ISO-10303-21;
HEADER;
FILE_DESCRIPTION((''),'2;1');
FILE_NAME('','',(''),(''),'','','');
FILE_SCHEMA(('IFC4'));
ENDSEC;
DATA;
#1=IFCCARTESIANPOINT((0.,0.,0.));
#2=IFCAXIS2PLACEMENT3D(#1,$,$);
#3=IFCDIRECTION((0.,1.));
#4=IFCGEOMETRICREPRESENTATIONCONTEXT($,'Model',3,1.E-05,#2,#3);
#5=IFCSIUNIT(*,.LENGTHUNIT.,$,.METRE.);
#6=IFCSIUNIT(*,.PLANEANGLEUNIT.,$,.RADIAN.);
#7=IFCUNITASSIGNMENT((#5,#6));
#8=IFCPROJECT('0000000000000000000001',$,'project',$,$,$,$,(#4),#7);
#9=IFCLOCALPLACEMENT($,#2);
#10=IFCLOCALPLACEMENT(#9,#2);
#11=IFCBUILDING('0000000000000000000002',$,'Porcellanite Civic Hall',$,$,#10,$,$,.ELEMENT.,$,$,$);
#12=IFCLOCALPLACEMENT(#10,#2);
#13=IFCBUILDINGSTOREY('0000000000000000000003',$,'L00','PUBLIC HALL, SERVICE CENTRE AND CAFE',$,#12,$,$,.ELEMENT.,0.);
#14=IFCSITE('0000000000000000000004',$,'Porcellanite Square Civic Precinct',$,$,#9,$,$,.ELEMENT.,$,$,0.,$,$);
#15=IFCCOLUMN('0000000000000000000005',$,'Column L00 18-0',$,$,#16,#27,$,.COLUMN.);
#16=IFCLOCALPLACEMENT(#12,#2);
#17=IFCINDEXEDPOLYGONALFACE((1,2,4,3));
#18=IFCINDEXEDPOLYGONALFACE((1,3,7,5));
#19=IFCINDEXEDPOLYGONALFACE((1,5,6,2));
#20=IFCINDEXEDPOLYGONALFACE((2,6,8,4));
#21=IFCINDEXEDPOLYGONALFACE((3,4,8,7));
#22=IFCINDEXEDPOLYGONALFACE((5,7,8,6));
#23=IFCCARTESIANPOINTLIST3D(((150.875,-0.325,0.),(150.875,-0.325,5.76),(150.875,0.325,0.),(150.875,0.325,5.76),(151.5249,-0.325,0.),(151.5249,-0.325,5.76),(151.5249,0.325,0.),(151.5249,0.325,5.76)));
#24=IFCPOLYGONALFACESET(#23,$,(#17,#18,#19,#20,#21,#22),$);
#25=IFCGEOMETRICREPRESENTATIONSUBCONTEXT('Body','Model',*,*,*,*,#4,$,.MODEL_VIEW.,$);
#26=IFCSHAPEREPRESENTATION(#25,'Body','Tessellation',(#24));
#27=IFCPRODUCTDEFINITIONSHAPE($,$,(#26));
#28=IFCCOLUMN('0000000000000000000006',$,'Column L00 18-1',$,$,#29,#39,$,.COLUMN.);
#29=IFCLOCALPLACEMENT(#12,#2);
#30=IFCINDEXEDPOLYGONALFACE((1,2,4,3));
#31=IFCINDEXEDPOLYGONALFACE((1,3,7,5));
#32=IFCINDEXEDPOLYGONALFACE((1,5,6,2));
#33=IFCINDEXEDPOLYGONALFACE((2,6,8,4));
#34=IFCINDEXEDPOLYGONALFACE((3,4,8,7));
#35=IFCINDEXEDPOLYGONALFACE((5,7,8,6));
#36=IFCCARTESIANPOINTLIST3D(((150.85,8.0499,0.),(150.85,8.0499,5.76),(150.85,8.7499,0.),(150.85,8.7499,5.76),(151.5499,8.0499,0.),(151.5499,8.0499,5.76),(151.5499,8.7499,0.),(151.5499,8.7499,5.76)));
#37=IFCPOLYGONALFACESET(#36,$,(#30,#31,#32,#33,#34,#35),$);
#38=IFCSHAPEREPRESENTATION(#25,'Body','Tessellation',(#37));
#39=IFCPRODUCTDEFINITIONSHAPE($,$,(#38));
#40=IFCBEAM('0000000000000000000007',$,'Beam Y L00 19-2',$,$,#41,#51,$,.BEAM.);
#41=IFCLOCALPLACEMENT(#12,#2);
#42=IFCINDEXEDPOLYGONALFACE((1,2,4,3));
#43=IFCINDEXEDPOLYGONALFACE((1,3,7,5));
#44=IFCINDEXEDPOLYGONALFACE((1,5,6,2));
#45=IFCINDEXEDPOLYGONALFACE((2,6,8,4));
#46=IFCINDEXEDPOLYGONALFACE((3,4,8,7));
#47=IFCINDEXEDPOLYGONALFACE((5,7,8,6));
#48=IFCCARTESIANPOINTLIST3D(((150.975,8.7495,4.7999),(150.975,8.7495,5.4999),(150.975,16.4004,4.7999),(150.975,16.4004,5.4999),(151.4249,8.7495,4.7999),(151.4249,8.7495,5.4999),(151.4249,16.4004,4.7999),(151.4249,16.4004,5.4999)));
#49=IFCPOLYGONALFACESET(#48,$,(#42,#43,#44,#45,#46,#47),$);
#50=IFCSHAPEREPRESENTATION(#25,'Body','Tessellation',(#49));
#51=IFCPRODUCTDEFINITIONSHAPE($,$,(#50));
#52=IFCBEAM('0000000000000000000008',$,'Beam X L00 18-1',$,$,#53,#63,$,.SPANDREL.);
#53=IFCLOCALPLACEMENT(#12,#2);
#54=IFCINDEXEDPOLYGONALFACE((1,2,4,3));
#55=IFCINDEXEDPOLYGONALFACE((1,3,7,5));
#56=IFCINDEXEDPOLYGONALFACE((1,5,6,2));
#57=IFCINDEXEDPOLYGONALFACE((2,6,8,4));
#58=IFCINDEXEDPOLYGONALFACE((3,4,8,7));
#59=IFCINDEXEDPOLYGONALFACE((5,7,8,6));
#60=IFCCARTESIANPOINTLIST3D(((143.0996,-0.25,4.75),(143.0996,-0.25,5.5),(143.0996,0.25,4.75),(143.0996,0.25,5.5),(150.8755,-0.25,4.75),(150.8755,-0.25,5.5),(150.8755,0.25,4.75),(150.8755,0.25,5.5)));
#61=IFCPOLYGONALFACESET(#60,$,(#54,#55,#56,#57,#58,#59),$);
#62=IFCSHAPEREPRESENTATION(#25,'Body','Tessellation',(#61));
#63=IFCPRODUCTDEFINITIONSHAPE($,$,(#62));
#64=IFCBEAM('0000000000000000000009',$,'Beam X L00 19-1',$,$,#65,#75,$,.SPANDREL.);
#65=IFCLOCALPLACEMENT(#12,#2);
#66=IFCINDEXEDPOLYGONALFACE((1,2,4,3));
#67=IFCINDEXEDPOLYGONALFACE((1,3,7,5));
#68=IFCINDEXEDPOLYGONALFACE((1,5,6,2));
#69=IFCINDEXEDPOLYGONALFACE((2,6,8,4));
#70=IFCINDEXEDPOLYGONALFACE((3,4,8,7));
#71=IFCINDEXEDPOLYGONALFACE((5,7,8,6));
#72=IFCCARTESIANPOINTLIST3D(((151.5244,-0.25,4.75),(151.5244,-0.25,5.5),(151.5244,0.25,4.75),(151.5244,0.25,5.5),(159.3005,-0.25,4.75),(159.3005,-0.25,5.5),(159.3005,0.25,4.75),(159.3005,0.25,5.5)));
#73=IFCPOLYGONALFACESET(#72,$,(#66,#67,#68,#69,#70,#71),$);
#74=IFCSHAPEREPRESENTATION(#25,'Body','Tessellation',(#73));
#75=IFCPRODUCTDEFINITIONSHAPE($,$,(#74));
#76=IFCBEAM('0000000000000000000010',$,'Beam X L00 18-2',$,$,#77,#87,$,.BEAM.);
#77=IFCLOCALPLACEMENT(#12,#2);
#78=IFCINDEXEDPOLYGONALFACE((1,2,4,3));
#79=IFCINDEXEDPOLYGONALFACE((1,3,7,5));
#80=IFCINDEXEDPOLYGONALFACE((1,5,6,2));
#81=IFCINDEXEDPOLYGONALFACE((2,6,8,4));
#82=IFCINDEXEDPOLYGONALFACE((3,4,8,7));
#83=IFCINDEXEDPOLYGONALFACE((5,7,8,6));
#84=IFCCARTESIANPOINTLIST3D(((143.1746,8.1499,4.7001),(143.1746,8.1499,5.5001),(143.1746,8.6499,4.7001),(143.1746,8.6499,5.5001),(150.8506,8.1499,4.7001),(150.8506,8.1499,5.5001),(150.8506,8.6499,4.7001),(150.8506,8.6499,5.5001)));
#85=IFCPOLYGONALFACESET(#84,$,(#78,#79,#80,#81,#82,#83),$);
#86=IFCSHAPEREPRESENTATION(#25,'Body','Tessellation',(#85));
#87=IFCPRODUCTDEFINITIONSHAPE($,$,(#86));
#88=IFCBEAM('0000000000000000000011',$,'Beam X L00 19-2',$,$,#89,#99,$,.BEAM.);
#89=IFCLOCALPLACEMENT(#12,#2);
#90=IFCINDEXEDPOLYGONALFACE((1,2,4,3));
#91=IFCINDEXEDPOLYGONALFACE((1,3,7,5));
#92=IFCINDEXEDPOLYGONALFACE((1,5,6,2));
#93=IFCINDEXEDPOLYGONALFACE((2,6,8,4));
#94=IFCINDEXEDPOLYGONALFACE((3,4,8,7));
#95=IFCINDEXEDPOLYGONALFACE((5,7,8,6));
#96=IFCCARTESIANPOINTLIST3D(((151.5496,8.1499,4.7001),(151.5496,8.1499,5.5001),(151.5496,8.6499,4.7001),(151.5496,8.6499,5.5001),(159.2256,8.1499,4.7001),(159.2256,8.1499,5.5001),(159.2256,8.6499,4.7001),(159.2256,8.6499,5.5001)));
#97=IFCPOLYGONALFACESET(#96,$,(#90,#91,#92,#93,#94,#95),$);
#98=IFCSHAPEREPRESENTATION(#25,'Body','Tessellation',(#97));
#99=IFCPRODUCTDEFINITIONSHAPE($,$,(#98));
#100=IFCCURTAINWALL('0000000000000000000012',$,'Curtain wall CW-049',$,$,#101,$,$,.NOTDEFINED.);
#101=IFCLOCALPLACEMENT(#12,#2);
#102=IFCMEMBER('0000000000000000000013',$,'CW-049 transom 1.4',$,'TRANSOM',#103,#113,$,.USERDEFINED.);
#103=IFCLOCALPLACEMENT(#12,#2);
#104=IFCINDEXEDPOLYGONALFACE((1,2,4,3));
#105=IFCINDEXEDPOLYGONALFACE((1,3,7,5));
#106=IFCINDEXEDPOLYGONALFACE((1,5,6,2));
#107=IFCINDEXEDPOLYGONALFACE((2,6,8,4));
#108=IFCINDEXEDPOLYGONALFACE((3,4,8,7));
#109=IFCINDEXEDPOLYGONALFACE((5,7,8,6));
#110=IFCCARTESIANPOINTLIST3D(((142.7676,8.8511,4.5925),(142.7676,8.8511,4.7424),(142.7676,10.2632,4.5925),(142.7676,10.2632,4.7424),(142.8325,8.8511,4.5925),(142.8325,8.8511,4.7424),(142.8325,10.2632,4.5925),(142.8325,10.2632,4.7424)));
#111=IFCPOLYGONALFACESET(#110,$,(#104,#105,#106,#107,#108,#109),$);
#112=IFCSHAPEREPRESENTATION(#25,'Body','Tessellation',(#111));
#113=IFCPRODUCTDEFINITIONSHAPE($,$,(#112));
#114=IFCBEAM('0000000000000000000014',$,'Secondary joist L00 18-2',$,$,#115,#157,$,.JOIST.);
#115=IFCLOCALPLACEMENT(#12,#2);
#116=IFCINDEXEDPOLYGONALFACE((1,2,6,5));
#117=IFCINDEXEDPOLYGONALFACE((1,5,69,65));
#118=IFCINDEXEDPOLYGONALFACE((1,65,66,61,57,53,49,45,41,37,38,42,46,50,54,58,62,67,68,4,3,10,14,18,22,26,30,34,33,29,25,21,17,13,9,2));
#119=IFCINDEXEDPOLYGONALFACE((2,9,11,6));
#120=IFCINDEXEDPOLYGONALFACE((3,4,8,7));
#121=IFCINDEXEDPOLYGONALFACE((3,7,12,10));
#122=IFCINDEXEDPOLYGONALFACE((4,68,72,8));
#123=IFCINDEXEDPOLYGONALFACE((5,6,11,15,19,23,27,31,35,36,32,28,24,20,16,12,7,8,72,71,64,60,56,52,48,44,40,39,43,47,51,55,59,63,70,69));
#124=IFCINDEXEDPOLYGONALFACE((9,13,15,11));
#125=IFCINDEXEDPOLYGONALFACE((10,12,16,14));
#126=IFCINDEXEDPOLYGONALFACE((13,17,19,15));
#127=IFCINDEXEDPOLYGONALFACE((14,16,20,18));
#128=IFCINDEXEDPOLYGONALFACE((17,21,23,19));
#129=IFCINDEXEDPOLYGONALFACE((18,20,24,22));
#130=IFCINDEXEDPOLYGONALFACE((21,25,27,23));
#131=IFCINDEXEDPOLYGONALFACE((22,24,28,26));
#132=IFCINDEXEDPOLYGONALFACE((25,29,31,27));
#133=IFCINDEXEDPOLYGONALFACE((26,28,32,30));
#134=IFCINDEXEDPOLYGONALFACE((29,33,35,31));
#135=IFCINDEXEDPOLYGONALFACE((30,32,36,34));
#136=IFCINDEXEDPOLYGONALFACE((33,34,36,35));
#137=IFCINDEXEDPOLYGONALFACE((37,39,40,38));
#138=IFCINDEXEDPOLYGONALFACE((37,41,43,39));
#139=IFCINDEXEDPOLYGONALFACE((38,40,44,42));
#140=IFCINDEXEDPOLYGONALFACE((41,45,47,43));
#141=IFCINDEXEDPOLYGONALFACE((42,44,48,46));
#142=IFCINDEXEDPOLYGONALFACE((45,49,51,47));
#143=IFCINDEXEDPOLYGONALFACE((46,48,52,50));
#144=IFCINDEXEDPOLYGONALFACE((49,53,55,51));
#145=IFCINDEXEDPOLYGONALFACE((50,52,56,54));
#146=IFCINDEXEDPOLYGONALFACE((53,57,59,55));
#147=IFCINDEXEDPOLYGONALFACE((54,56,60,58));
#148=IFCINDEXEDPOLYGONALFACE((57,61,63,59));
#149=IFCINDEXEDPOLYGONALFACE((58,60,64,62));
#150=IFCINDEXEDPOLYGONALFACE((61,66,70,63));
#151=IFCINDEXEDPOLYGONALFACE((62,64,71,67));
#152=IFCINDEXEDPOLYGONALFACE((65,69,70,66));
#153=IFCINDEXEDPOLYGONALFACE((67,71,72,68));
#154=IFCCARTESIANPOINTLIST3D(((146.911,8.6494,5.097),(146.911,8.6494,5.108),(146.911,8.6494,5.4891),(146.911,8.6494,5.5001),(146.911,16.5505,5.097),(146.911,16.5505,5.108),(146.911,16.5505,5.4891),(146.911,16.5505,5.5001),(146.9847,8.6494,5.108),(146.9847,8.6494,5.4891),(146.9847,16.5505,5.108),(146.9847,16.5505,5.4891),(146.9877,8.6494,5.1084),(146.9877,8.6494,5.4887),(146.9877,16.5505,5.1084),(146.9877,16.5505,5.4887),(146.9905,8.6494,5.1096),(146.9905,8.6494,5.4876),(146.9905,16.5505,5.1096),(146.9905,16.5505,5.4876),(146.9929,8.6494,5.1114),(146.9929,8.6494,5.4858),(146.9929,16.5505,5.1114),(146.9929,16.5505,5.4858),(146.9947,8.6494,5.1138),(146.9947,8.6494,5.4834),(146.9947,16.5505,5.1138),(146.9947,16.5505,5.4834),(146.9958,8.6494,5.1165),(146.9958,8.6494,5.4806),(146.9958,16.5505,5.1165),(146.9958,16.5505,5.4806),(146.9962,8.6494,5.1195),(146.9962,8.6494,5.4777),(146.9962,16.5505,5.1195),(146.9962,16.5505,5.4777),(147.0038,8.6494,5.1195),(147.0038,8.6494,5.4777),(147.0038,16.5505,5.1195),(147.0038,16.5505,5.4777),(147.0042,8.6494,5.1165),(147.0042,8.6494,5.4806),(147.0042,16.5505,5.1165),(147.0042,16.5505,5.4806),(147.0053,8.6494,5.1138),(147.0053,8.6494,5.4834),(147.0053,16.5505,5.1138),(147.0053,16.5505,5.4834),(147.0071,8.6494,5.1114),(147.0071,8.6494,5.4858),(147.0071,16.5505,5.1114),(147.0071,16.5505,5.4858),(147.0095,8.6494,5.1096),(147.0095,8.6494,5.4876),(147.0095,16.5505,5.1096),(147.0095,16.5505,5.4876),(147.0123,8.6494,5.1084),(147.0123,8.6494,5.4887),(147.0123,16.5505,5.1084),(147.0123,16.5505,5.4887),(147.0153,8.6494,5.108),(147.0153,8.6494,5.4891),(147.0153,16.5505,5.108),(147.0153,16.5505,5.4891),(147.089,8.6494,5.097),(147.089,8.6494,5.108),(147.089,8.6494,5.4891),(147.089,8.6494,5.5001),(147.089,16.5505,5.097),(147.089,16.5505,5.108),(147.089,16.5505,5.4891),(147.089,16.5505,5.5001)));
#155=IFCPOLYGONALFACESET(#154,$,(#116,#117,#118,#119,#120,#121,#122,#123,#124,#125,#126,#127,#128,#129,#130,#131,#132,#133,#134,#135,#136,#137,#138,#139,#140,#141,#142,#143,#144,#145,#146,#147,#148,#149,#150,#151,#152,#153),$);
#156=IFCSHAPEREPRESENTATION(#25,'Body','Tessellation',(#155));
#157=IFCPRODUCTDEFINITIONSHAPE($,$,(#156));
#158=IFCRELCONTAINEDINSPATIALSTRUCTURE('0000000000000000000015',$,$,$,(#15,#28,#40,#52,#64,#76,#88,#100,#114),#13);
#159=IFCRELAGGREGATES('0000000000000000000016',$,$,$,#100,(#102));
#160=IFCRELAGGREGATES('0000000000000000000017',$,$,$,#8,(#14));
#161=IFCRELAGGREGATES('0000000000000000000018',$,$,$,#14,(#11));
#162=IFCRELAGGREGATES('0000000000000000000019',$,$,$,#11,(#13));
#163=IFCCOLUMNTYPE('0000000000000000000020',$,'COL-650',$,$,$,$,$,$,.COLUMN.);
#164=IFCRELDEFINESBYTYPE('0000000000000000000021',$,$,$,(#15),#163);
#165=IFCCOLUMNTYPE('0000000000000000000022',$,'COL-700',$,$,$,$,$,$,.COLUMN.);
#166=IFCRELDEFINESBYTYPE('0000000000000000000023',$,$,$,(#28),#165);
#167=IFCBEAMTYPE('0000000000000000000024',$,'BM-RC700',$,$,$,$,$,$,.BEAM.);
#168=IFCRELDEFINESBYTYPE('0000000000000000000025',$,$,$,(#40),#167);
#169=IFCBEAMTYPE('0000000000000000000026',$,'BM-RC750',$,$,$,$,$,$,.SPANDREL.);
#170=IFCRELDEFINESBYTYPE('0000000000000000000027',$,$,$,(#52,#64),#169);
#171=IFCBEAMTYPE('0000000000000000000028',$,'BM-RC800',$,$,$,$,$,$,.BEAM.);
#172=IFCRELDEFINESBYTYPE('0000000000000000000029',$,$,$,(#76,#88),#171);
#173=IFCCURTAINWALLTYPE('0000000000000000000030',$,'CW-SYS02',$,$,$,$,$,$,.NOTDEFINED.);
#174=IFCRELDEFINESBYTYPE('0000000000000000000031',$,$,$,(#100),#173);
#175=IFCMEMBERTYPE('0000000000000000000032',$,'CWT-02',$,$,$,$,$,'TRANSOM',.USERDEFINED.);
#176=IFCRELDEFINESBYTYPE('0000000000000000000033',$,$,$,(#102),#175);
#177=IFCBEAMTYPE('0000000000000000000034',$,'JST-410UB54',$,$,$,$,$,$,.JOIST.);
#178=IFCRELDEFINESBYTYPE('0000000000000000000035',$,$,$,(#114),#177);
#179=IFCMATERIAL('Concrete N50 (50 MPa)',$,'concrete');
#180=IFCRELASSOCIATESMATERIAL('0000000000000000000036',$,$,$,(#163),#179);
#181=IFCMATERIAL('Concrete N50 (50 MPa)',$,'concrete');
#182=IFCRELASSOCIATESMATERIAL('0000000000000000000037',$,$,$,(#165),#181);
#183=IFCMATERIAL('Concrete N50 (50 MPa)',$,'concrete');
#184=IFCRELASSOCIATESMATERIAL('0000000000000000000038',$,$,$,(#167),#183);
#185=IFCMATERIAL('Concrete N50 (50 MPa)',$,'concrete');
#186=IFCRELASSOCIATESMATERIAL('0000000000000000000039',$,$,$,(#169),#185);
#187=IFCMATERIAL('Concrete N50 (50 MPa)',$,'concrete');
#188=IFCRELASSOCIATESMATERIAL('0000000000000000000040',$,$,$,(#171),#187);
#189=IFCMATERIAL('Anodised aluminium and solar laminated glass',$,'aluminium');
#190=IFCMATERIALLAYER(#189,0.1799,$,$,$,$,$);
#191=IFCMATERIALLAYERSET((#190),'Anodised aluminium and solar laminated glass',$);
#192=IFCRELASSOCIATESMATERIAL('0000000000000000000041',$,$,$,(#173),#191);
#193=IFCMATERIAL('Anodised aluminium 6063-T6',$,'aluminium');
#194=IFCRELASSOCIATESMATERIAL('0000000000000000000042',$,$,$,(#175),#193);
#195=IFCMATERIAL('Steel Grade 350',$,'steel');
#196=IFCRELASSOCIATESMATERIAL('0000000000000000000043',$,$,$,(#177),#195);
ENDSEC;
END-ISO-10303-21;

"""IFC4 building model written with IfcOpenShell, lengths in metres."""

from ifc_helpers import new_model, si_unit, direction, frame, origin, origin_2d, place, context, subcontext, project, spatial, rectangle, i_section, extrude, material, layer, layer_set, material_profile, profile_set, type_object, element, aggregate, save


model = new_model("IFC4")

# Units and contexts
model_context = context("Model", 3, precision=1e-05, world=origin(), true_north=direction((0.0, 1.0)))
body_context = subcontext(model_context, "Body", "Model", "MODEL_VIEW")
ifc_project = project(units=[si_unit("LENGTHUNIT", "METRE"), si_unit("PLANEANGLEUNIT", "RADIAN")], contexts=[model_context])

# Site, building, storey
site_placement = place(None, origin())
site = spatial("IfcSite", under=ifc_project, at=site_placement, Name="Porcellanite Square Civic Precinct", CompositionType="ELEMENT", RefElevation=0.0)
building_placement = place(site_placement, origin())
building = spatial("IfcBuilding", under=site, at=building_placement, Name="Porcellanite Civic Hall", CompositionType="ELEMENT")
storey_placement = place(building_placement, origin())
storey = spatial("IfcBuildingStorey", under=building, at=storey_placement, Name="L00", Description="PUBLIC HALL, SERVICE CENTRE AND CAFE", CompositionType="ELEMENT", Elevation=0.0)

# Columns
ifc_material_1 = material(Name="Concrete N50 (50 MPa)", Category="concrete")
ifc_material_profile_1 = material_profile(ifc_material_1, rectangle(XDim=0.6499, YDim=0.6499, at=origin_2d()), Name="RC-650x650")
ifc_profile_set_1 = profile_set([ifc_material_profile_1], Name="Concrete N50 (50 MPa)")
column_type_1 = type_object("IfcColumnType", Name="COL-650", PredefinedType="COLUMN", material=ifc_profile_set_1)
column_1_placement = place(storey_placement, frame((151.2, 0.0, 0.0), z_axis=(0.0, 0.0, 1.0), x_axis=(1.0, 0.0, 0.0)))
element("IfcColumn", 1, at=column_1_placement, inside=storey, type_object=column_type_1, Name="Column L00 18-0", PredefinedType="COLUMN", context=body_context, shape_type="SweptSolid", body=[
    extrude(rectangle(XDim=0.6499, YDim=0.6499, at=origin_2d()), origin(), (0.0, 0.0, 1.0), 5.76),
])
ifc_material_2 = material(Name="Concrete N50 (50 MPa)", Category="concrete")
ifc_material_profile_2 = material_profile(ifc_material_2, rectangle(XDim=0.7, YDim=0.7, at=origin_2d()), Name="RC-700x700")
ifc_profile_set_2 = profile_set([ifc_material_profile_2], Name="Concrete N50 (50 MPa)")
column_type_2 = type_object("IfcColumnType", Name="COL-700", PredefinedType="COLUMN", material=ifc_profile_set_2)
column_2_placement = place(storey_placement, frame((151.2, 8.3999, 0.0), z_axis=(0.0, 0.0, 1.0), x_axis=(1.0, 0.0, 0.0)))
element("IfcColumn", 2, at=column_2_placement, inside=storey, type_object=column_type_2, Name="Column L00 18-1", PredefinedType="COLUMN", context=body_context, shape_type="SweptSolid", body=[
    extrude(rectangle(XDim=0.7, YDim=0.7, at=origin_2d()), origin(), (0.0, 0.0, 1.0), 5.76),
])

# Beams
ifc_material_3 = material(Name="Concrete N50 (50 MPa)", Category="concrete")
ifc_material_profile_3 = material_profile(ifc_material_3, rectangle(XDim=0.45, YDim=0.7, at=origin_2d()), Name="RC-450x700")
ifc_profile_set_3 = profile_set([ifc_material_profile_3], Name="Concrete N50 (50 MPa)")
beam_type_1 = type_object("IfcBeamType", Name="BM-RC700", PredefinedType="BEAM", material=ifc_profile_set_3)
beam_1_placement = place(storey_placement, frame((151.2, 8.7495, 5.1499), z_axis=(0.0, 1.0, 0.0), x_axis=(-1.0, 0.0, 0.0)))
element("IfcBeam", 3, at=beam_1_placement, inside=storey, type_object=beam_type_1, Name="Beam Y L00 19-2", PredefinedType="BEAM", context=body_context, shape_type="SweptSolid", body=[
    extrude(rectangle(XDim=0.45, YDim=0.7, at=origin_2d()), origin(), (0.0, 0.0, 1.0), 7.6509),
])
ifc_material_4 = material(Name="Concrete N50 (50 MPa)", Category="concrete")
ifc_material_profile_4 = material_profile(ifc_material_4, rectangle(XDim=0.5, YDim=0.75, at=origin_2d()), Name="RC-500x750")
ifc_profile_set_4 = profile_set([ifc_material_profile_4], Name="Concrete N50 (50 MPa)")
beam_type_2 = type_object("IfcBeamType", Name="BM-RC750", PredefinedType="SPANDREL", material=ifc_profile_set_4)
beam_2_placement = place(storey_placement, frame((143.0996, 0.0, 5.125), z_axis=(1.0, 0.0, 0.0), x_axis=(0.0, 1.0, 0.0)))
element("IfcBeam", 4, at=beam_2_placement, inside=storey, type_object=beam_type_2, Name="Beam X L00 18-1", PredefinedType="SPANDREL", context=body_context, shape_type="SweptSolid", body=[
    extrude(rectangle(XDim=0.5, YDim=0.75, at=origin_2d()), origin(), (0.0, 0.0, 1.0), 7.7759),
])
beam_3_placement = place(storey_placement, frame((151.5244, 0.0, 5.125), z_axis=(1.0, 0.0, 0.0), x_axis=(0.0, 1.0, 0.0)))
element("IfcBeam", 5, at=beam_3_placement, inside=storey, type_object=beam_type_2, Name="Beam X L00 19-1", PredefinedType="SPANDREL", context=body_context, shape_type="SweptSolid", body=[
    extrude(rectangle(XDim=0.5, YDim=0.75, at=origin_2d()), origin(), (0.0, 0.0, 1.0), 7.7761),
])
ifc_material_5 = material(Name="Concrete N50 (50 MPa)", Category="concrete")
ifc_material_profile_5 = material_profile(ifc_material_5, rectangle(XDim=0.5, YDim=0.8, at=origin_2d()), Name="RC-500x800")
ifc_profile_set_5 = profile_set([ifc_material_profile_5], Name="Concrete N50 (50 MPa)")
beam_type_3 = type_object("IfcBeamType", Name="BM-RC800", PredefinedType="BEAM", material=ifc_profile_set_5)
for number, where, z_axis, x_axis, name in (
    (6, (143.1746, 8.3999, 5.1001), (1.0, 0.0, 0.0), (0.0, 1.0, 0.0), "Beam X L00 18-2"),
    (7, (151.5496, 8.3999, 5.1001), (1.0, 0.0, 0.0), (0.0, 1.0, 0.0), "Beam X L00 19-2"),
):
    element("IfcBeam", number, at=place(storey_placement, frame(where, z_axis=z_axis, x_axis=x_axis)), inside=storey, type_object=beam_type_3, Name=name, PredefinedType="BEAM", context=body_context, shape_type="SweptSolid", body=[
        extrude(rectangle(XDim=0.5, YDim=0.8, at=origin_2d()), origin(), (0.0, 0.0, 1.0), 7.676),
    ])

# Curtain wall, member
ifc_material_6 = material(Name="Anodised aluminium and solar laminated glass", Category="aluminium")
ifc_layer_1 = layer(ifc_material_6, 0.1799)
ifc_layer_set_1 = layer_set([ifc_layer_1], Name="Anodised aluminium and solar laminated glass")
curtain_wall_type = type_object("IfcCurtainWallType", Name="CW-SYS02", PredefinedType="NOTDEFINED", material=ifc_layer_set_1)
curtain_wall_placement = place(storey_placement, origin())
curtain_wall = element("IfcCurtainWall", 8, at=curtain_wall_placement, inside=storey, type_object=curtain_wall_type, Name="Curtain wall CW-049", PredefinedType="NOTDEFINED")
ifc_material_7 = material(Name="Anodised aluminium 6063-T6", Category="aluminium")
ifc_material_profile_6 = material_profile(ifc_material_7, rectangle(XDim=0.0649, YDim=0.1499, at=origin_2d()), Name="AL-65x150")
ifc_profile_set_6 = profile_set([ifc_material_profile_6], Name="Anodised aluminium 6063-T6")
member_type = type_object("IfcMemberType", Name="CWT-02", ElementType="TRANSOM", PredefinedType="USERDEFINED", material=ifc_profile_set_6)
member_placement = place(storey_placement, frame((142.8, 8.8511, 4.6675), z_axis=(0.0, 1.0, 0.0), x_axis=(-1.0, 0.0, 0.0)))
member = element("IfcMember", 9, at=member_placement, type_object=member_type, Name="CW-049 transom 1.4", ObjectType="TRANSOM", PredefinedType="USERDEFINED", context=body_context, shape_type="SweptSolid", body=[
    extrude(rectangle(XDim=0.0649, YDim=0.1499, at=origin_2d()), origin(), (0.0, 0.0, 1.0), 1.4121),
])

# Beam
ifc_material_8 = material(Name="Steel Grade 350", Category="steel")
ifc_material_profile_7 = material_profile(ifc_material_8, i_section(OverallWidth=0.178, OverallDepth=0.4031, WebThickness=0.0076, FlangeThickness=0.011, FilletRadius=0.0115, at=origin_2d()), Name="410UB53.7")
ifc_profile_set_7 = profile_set([ifc_material_profile_7], Name="Steel Grade 350")
beam_type_4 = type_object("IfcBeamType", Name="JST-410UB54", PredefinedType="JOIST", material=ifc_profile_set_7)
beam_4_placement = place(storey_placement, frame((147.0, 8.6494, 5.2986), z_axis=(0.0, 1.0, 0.0), x_axis=(-1.0, 0.0, 0.0)))
element("IfcBeam", 10, at=beam_4_placement, inside=storey, type_object=beam_type_4, Name="Secondary joist L00 18-2", PredefinedType="JOIST", context=body_context, shape_type="SweptSolid", body=[
    extrude(i_section(OverallWidth=0.178, OverallDepth=0.4031, WebThickness=0.0076, FlangeThickness=0.011, FilletRadius=0.0115, at=origin_2d()), origin(), (0.0, 0.0, 1.0), 7.9011),
])

aggregate(curtain_wall, [member])

save(model, "model.ifc")
